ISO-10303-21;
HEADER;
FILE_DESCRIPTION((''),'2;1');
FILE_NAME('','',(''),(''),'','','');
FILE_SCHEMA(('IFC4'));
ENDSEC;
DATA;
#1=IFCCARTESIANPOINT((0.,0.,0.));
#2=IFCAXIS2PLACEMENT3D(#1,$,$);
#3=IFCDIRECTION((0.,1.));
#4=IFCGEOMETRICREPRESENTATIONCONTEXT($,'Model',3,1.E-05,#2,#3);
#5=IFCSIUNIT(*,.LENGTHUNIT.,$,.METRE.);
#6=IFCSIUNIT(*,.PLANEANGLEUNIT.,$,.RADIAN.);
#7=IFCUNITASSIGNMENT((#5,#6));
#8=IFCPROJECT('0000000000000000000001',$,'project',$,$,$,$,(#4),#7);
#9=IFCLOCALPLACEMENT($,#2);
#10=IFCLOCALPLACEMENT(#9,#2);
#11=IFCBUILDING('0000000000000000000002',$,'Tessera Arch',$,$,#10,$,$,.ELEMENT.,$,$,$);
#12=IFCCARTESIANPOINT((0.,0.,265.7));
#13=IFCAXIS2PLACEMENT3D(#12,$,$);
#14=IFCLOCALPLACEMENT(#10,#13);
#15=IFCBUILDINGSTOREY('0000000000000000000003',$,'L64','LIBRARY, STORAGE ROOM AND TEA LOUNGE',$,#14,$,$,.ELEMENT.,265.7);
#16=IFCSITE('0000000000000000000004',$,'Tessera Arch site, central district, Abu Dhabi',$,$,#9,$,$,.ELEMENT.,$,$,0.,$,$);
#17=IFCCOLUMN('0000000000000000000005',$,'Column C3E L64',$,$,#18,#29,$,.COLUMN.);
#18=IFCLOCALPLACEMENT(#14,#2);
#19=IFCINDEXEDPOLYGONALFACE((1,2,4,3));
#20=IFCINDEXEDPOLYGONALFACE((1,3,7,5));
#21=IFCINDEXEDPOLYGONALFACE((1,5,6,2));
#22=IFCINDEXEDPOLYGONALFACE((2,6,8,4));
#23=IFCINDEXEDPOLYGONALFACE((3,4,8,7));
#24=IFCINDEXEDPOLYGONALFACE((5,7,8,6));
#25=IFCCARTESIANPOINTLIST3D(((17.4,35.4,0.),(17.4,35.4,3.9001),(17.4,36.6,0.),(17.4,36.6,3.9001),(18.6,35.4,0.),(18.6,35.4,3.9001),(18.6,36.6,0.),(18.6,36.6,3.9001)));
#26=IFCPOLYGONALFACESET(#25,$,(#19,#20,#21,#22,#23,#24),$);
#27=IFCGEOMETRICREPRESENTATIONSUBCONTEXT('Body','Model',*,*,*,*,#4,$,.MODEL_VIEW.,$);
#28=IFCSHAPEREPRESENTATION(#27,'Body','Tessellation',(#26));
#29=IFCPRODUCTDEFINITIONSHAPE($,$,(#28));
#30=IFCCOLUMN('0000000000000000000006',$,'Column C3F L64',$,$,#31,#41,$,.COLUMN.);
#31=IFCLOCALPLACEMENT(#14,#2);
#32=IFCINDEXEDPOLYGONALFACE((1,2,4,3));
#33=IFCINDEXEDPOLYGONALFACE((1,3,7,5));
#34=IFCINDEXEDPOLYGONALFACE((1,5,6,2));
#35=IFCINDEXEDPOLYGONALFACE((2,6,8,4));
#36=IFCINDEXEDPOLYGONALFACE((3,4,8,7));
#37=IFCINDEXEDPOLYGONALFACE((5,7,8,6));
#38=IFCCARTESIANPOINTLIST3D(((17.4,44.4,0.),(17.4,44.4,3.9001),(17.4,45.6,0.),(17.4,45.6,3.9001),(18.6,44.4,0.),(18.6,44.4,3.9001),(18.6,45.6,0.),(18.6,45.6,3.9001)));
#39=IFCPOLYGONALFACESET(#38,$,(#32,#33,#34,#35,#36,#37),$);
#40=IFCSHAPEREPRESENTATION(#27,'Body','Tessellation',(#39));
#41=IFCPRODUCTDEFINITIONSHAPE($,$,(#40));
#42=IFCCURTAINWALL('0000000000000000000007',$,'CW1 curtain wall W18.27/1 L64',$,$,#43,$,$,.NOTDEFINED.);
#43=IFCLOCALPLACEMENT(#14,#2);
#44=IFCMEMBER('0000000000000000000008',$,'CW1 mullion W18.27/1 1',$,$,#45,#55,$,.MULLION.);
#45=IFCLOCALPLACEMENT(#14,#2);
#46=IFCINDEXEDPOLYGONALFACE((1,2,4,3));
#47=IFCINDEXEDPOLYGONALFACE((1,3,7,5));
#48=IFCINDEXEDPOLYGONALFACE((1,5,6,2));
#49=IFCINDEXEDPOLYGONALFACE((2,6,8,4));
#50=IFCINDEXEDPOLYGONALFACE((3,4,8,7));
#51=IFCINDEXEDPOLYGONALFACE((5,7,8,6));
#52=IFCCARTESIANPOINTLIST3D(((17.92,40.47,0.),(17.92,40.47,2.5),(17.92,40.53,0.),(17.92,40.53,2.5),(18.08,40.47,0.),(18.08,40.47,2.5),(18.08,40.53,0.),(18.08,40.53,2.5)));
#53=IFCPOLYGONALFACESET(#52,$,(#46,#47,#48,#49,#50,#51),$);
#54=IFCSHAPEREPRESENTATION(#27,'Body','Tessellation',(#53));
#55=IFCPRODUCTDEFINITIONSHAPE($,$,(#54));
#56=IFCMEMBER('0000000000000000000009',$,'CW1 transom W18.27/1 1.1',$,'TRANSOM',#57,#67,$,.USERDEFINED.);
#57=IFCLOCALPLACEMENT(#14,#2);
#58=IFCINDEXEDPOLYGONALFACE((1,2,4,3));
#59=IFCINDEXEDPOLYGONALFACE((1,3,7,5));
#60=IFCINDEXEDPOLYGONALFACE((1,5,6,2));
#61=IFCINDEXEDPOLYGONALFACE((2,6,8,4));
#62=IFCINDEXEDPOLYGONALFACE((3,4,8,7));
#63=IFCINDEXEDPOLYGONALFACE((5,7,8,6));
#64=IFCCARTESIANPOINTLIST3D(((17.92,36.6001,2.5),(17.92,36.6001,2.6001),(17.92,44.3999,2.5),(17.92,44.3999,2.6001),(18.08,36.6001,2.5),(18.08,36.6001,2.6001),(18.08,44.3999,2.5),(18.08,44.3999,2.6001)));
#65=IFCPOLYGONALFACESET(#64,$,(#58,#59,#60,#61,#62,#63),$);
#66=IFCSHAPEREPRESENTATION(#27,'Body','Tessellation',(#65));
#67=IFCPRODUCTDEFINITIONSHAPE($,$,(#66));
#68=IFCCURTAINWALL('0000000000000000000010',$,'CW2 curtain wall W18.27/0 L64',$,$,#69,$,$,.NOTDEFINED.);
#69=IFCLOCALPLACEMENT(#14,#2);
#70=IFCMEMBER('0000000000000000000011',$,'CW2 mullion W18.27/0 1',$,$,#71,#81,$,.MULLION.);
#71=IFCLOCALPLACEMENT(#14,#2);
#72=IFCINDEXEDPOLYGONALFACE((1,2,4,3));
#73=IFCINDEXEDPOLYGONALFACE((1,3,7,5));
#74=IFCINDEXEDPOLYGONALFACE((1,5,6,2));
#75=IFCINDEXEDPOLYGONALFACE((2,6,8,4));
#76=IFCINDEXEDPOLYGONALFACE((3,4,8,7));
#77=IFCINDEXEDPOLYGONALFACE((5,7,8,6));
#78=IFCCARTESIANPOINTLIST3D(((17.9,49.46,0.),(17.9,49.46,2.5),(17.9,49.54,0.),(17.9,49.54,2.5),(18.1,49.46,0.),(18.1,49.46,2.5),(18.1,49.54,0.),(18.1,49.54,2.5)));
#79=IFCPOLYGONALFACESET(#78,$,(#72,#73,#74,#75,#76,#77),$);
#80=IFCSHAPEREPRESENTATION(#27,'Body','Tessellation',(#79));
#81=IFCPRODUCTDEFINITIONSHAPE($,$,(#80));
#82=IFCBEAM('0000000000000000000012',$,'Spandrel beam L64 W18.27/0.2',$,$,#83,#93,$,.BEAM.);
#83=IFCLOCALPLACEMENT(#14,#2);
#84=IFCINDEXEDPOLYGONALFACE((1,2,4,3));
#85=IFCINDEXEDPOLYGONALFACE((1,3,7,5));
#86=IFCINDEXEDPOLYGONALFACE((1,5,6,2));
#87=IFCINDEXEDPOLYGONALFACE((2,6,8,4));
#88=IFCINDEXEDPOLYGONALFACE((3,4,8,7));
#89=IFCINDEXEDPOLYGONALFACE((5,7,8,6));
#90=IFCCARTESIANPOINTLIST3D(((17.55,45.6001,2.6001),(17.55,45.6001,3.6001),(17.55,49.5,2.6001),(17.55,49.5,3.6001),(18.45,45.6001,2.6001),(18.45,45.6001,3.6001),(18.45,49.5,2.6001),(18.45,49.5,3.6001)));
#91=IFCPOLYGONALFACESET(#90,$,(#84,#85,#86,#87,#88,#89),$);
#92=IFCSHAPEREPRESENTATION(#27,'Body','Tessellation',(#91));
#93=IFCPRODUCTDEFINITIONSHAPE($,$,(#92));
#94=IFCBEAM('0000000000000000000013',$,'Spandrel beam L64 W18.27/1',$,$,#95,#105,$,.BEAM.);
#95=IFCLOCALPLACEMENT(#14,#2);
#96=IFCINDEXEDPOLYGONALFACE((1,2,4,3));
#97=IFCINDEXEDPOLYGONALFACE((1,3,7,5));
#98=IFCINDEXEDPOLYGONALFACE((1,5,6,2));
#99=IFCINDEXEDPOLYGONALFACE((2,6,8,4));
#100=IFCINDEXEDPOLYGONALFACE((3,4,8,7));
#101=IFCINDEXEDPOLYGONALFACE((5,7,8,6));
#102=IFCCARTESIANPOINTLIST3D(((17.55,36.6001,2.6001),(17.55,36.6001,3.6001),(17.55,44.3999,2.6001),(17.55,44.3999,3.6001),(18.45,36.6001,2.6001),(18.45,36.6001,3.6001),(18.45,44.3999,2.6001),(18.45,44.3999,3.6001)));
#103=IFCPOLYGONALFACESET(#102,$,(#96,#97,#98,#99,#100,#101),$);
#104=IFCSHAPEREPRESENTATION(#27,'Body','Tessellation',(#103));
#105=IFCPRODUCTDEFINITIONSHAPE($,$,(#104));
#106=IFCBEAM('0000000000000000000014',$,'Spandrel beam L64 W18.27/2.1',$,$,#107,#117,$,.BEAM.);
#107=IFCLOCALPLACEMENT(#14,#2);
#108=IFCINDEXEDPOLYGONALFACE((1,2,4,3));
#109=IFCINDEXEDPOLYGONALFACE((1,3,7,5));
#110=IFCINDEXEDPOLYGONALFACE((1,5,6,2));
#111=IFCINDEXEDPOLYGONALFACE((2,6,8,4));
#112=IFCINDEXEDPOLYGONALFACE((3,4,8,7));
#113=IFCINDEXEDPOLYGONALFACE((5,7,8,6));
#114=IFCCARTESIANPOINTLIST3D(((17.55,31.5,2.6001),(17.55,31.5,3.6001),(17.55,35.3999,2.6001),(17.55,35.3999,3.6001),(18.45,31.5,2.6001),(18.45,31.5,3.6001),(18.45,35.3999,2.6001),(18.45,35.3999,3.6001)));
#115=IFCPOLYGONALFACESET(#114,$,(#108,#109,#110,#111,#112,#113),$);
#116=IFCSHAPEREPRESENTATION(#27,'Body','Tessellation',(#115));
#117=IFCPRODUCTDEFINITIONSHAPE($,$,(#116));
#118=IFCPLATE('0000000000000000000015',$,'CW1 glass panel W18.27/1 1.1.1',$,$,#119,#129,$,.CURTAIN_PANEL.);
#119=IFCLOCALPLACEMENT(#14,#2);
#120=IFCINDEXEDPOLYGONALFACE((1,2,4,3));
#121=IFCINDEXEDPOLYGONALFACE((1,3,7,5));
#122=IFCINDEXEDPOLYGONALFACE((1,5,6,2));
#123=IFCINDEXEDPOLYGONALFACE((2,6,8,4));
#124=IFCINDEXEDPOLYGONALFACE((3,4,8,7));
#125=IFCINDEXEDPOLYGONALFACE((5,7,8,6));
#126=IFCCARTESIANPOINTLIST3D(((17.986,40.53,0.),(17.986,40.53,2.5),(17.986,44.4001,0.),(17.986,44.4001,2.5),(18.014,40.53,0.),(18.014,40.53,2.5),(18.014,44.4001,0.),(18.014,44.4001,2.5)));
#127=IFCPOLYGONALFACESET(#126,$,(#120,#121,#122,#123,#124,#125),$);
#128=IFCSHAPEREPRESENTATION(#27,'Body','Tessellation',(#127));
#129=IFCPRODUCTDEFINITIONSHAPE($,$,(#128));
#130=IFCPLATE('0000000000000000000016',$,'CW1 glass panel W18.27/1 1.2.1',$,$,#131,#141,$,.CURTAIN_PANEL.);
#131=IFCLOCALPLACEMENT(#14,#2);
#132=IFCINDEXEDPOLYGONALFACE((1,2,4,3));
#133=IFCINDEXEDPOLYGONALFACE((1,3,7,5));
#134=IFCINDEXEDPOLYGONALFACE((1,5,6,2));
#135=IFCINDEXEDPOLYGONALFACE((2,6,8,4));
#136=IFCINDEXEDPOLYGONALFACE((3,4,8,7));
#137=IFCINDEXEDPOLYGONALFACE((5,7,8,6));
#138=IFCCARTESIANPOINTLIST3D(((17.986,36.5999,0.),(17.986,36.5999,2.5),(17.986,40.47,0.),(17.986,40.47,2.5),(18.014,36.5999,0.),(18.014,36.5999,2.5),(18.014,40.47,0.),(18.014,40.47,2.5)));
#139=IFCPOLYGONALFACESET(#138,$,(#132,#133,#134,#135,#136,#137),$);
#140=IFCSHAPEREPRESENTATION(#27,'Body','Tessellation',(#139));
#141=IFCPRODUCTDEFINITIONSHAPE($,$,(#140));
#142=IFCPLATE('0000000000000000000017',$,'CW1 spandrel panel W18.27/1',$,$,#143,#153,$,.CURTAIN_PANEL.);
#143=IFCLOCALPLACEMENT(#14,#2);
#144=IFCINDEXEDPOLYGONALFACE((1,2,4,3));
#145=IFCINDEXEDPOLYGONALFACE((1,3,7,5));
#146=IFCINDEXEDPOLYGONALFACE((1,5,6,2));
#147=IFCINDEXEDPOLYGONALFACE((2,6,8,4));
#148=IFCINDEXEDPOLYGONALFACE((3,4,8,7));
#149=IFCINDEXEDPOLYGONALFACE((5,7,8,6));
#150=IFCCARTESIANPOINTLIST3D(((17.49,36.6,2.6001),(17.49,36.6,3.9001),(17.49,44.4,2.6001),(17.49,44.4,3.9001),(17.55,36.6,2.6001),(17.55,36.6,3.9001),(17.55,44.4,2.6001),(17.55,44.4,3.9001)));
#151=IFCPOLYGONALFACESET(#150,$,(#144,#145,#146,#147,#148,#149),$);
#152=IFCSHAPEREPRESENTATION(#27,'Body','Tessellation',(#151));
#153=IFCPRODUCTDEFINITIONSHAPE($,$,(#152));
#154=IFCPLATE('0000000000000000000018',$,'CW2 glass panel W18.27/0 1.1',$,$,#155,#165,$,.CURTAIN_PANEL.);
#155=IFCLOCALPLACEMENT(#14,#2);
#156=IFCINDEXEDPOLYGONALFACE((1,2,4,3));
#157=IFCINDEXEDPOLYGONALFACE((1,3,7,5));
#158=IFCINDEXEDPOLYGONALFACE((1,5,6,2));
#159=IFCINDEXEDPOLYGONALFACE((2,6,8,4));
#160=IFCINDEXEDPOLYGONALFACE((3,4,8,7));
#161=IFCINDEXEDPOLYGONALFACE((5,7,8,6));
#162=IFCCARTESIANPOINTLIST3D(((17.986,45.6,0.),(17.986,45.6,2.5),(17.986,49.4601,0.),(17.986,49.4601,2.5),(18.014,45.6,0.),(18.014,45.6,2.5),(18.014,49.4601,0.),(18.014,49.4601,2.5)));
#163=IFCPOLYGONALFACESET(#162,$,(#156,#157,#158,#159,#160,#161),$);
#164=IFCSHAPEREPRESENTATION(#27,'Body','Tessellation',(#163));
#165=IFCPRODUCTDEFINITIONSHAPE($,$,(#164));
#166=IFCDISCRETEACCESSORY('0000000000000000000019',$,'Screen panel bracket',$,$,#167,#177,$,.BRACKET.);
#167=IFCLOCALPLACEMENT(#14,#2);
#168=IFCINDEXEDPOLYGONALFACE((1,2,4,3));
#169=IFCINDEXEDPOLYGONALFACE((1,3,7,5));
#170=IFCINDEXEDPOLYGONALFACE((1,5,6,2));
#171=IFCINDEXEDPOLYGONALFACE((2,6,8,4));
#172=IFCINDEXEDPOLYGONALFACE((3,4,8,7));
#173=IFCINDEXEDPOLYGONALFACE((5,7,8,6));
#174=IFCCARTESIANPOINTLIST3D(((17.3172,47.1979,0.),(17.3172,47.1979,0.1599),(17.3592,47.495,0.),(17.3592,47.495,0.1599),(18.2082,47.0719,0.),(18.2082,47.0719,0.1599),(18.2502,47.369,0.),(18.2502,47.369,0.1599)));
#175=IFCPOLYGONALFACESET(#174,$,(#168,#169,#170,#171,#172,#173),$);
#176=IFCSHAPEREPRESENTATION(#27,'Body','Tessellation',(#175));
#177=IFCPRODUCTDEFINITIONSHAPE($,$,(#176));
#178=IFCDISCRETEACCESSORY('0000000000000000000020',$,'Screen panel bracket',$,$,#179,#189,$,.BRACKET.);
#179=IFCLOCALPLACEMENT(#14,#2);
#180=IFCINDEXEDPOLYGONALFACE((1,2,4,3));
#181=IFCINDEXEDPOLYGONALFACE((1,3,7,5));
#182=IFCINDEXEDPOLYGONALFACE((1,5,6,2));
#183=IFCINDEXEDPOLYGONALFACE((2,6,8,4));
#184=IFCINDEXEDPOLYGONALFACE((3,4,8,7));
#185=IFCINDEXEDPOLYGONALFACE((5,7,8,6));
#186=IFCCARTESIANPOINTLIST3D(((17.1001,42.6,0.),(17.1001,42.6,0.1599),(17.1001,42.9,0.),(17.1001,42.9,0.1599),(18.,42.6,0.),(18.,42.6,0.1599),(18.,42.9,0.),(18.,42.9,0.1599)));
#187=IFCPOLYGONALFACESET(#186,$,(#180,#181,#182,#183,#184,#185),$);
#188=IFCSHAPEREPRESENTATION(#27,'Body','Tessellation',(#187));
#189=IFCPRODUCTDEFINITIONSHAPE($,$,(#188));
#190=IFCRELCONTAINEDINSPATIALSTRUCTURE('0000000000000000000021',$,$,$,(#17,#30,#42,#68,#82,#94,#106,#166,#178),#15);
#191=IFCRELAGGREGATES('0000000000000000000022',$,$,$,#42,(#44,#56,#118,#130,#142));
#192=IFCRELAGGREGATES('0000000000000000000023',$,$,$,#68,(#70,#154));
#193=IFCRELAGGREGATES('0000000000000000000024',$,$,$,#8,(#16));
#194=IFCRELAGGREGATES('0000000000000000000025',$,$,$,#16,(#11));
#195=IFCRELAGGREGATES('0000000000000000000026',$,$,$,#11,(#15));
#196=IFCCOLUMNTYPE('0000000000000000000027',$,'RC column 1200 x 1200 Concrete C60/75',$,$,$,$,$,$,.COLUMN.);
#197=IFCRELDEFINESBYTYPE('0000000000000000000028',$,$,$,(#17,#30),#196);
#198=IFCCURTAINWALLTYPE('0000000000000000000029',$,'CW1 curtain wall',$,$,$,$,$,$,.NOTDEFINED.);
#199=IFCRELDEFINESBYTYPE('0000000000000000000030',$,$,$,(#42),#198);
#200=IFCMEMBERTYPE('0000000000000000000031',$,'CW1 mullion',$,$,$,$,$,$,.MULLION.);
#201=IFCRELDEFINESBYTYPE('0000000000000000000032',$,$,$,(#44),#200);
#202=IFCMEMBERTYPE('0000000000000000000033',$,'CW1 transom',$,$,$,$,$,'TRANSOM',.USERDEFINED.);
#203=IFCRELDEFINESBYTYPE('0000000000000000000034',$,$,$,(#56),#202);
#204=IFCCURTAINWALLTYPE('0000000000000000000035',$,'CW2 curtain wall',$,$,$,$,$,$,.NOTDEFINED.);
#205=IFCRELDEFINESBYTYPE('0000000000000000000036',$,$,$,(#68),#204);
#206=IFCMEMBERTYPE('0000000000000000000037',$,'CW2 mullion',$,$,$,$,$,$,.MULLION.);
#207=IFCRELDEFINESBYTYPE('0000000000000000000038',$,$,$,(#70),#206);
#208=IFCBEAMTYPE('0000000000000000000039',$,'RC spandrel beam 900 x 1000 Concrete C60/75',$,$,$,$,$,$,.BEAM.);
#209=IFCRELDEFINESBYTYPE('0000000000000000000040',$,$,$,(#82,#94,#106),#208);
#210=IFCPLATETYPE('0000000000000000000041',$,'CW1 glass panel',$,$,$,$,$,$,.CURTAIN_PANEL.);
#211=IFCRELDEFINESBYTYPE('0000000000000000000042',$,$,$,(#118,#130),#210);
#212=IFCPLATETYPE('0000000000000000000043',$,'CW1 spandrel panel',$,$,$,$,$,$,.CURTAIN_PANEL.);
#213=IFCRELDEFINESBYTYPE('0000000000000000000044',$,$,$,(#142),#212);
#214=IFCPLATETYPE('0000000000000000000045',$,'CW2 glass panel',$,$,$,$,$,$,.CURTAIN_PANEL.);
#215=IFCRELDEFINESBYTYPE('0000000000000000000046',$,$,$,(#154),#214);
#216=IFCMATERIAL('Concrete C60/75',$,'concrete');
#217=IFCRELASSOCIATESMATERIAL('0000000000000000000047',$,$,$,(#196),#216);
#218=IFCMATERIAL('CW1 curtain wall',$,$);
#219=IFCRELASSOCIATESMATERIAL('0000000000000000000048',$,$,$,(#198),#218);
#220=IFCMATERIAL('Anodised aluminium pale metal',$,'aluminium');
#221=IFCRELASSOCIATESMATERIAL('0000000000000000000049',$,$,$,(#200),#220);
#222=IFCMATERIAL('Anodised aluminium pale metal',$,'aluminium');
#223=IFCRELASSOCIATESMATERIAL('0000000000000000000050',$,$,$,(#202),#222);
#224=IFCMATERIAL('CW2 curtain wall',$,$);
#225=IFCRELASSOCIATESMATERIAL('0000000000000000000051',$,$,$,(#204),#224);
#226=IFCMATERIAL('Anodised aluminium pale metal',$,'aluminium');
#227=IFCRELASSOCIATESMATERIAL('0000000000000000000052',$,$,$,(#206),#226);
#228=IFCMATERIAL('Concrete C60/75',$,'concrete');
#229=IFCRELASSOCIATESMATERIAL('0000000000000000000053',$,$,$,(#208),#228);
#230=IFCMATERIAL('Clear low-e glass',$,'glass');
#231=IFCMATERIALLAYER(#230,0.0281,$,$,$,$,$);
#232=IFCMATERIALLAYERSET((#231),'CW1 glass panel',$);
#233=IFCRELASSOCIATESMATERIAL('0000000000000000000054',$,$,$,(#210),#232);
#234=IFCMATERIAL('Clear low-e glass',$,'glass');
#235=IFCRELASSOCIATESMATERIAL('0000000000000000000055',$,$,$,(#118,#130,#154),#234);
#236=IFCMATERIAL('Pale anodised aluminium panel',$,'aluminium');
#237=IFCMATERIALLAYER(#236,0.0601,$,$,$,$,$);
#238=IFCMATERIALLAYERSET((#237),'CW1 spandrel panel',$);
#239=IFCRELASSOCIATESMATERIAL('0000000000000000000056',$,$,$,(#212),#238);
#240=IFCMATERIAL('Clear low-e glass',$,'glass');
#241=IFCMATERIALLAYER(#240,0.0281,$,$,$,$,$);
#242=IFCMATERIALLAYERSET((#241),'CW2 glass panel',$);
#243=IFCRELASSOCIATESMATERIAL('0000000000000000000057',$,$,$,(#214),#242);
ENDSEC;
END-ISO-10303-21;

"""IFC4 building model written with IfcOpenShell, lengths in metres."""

from ifc_helpers import new_model, si_unit, direction, frame, origin, origin_2d, place, context, subcontext, project, spatial, rectangle, extrude, material, layer, layer_set, material_profile, profile_set, type_object, element, aggregate, save


model = new_model("IFC4")

# Units and contexts
model_context = context("Model", 3, precision=1e-05, world=origin(), true_north=direction((0.0, 1.0)))
body_context = subcontext(model_context, "Body", "Model", "MODEL_VIEW")
ifc_project = project(units=[si_unit("LENGTHUNIT", "METRE"), si_unit("PLANEANGLEUNIT", "RADIAN")], contexts=[model_context])

# Site, building, storey
site_placement = place(None, origin())
site = spatial("IfcSite", under=ifc_project, at=site_placement, Name="Tessera Arch site, central district, Abu Dhabi", CompositionType="ELEMENT", RefElevation=0.0)
building_placement = place(site_placement, origin())
building = spatial("IfcBuilding", under=site, at=building_placement, Name="Tessera Arch", CompositionType="ELEMENT")
storey_placement = place(building_placement, frame((0.0, 0.0, 265.7)))
storey = spatial("IfcBuildingStorey", under=building, at=storey_placement, Name="L64", Description="LIBRARY, STORAGE ROOM AND TEA LOUNGE", CompositionType="ELEMENT", Elevation=265.7)

# Columns
ifc_material_1 = material(Name="Concrete C60/75", Category="concrete")
ifc_material_profile_1 = material_profile(ifc_material_1, rectangle(XDim=1.2, YDim=1.2, at=origin_2d()), Name="RC column 1200 x 1200 Concrete C60/75")
ifc_profile_set_1 = profile_set([ifc_material_profile_1], Name="Concrete C60/75")
column_type = type_object("IfcColumnType", Name="RC column 1200 x 1200 Concrete C60/75", PredefinedType="COLUMN", material=ifc_profile_set_1)
for number, where, z_axis, x_axis, name in (
    (1, (18.0, 36.0, 0.0), (0.0, 0.0, 1.0), (1.0, 0.0, 0.0), "Column C3E L64"),
    (2, (18.0, 45.0, 0.0), (0.0, 0.0, 1.0), (1.0, 0.0, 0.0), "Column C3F L64"),
):
    element("IfcColumn", number, at=place(storey_placement, frame(where, z_axis=z_axis, x_axis=x_axis)), inside=storey, type_object=column_type, Name=name, PredefinedType="COLUMN", context=body_context, shape_type="SweptSolid", body=[
        extrude(rectangle(XDim=1.2, YDim=1.2, at=origin_2d()), origin(), (0.0, 0.0, 1.0), 3.9001),
    ])

# Curtain wall, members
ifc_material_2 = material(Name="CW1 curtain wall")
curtain_wall_type_1 = type_object("IfcCurtainWallType", Name="CW1 curtain wall", PredefinedType="NOTDEFINED", material=ifc_material_2)
curtain_wall_1_placement = place(storey_placement, origin())
curtain_wall_1 = element("IfcCurtainWall", 3, at=curtain_wall_1_placement, inside=storey, type_object=curtain_wall_type_1, Name="CW1 curtain wall W18.27/1 L64", PredefinedType="NOTDEFINED")
ifc_material_3 = material(Name="Anodised aluminium pale metal", Category="aluminium")
ifc_material_profile_2 = material_profile(ifc_material_3, rectangle(XDim=0.1599, YDim=0.0601, at=origin_2d()), Name="AL 60x160")
ifc_profile_set_2 = profile_set([ifc_material_profile_2], Name="Anodised aluminium pale metal")
member_type_1 = type_object("IfcMemberType", Name="CW1 mullion", PredefinedType="MULLION", material=ifc_profile_set_2)
member_1_placement = place(storey_placement, frame((18.0, 40.5, 0.0), z_axis=(0.0, 0.0, 1.0), x_axis=(1.0, 0.0, 0.0)))
member_1 = element("IfcMember", 4, at=member_1_placement, type_object=member_type_1, Name="CW1 mullion W18.27/1 1", PredefinedType="MULLION", context=body_context, shape_type="SweptSolid", body=[
    extrude(rectangle(XDim=0.1599, YDim=0.0601, at=origin_2d()), origin(), (0.0, 0.0, 1.0), 2.5),
])
ifc_material_4 = material(Name="Anodised aluminium pale metal", Category="aluminium")
ifc_material_profile_3 = material_profile(ifc_material_4, rectangle(XDim=0.1599, YDim=0.1001, at=origin_2d()), Name="AL 160x100")
ifc_profile_set_3 = profile_set([ifc_material_profile_3], Name="Anodised aluminium pale metal")
member_type_2 = type_object("IfcMemberType", Name="CW1 transom", ElementType="TRANSOM", PredefinedType="USERDEFINED", material=ifc_profile_set_3)
member_2_placement = place(storey_placement, frame((18.0, 44.3999, 2.55), z_axis=(0.0, -1.0, 0.0), x_axis=(1.0, 0.0, 0.0)))
member_2 = element("IfcMember", 5, at=member_2_placement, type_object=member_type_2, Name="CW1 transom W18.27/1 1.1", ObjectType="TRANSOM", PredefinedType="USERDEFINED", context=body_context, shape_type="SweptSolid", body=[
    extrude(rectangle(XDim=0.1599, YDim=0.1001, at=origin_2d()), origin(), (0.0, 0.0, 1.0), 7.7998),
])

# Curtain wall, member
ifc_material_5 = material(Name="CW2 curtain wall")
curtain_wall_type_2 = type_object("IfcCurtainWallType", Name="CW2 curtain wall", PredefinedType="NOTDEFINED", material=ifc_material_5)
curtain_wall_2_placement = place(storey_placement, origin())
curtain_wall_2 = element("IfcCurtainWall", 6, at=curtain_wall_2_placement, inside=storey, type_object=curtain_wall_type_2, Name="CW2 curtain wall W18.27/0 L64", PredefinedType="NOTDEFINED")
ifc_material_6 = material(Name="Anodised aluminium pale metal", Category="aluminium")
ifc_material_profile_4 = material_profile(ifc_material_6, rectangle(XDim=0.2, YDim=0.0801, at=origin_2d()), Name="AL 80x200")
ifc_profile_set_4 = profile_set([ifc_material_profile_4], Name="Anodised aluminium pale metal")
member_type_3 = type_object("IfcMemberType", Name="CW2 mullion", PredefinedType="MULLION", material=ifc_profile_set_4)
member_3_placement = place(storey_placement, frame((18.0, 49.5, 0.0), z_axis=(0.0, 0.0, 1.0), x_axis=(1.0, 0.0, 0.0)))
member_3 = element("IfcMember", 7, at=member_3_placement, type_object=member_type_3, Name="CW2 mullion W18.27/0 1", PredefinedType="MULLION", context=body_context, shape_type="SweptSolid", body=[
    extrude(rectangle(XDim=0.2, YDim=0.0801, at=origin_2d()), origin(), (0.0, 0.0, 1.0), 2.5),
])

# Beams
ifc_material_7 = material(Name="Concrete C60/75", Category="concrete")
ifc_material_profile_5 = material_profile(ifc_material_7, rectangle(XDim=0.8999, YDim=1.0, at=origin_2d()), Name="RC spandrel beam 900 x 1000 Concrete C60/75")
ifc_profile_set_5 = profile_set([ifc_material_profile_5], Name="Concrete C60/75")
beam_type = type_object("IfcBeamType", Name="RC spandrel beam 900 x 1000 Concrete C60/75", PredefinedType="BEAM", material=ifc_profile_set_5)
beam_1_placement = place(storey_placement, frame((18.0, 49.5, 3.1001), z_axis=(0.0, -1.0, 0.0), x_axis=(1.0, 0.0, 0.0)))
element("IfcBeam", 8, at=beam_1_placement, inside=storey, type_object=beam_type, Name="Spandrel beam L64 W18.27/0.2", PredefinedType="BEAM", context=body_context, shape_type="SweptSolid", body=[
    extrude(rectangle(XDim=0.8999, YDim=1.0, at=origin_2d()), origin(), (0.0, 0.0, 1.0), 3.8999),
])
beam_2_placement = place(storey_placement, frame((18.0, 44.3999, 3.1001), z_axis=(0.0, -1.0, 0.0), x_axis=(1.0, 0.0, 0.0)))
element("IfcBeam", 9, at=beam_2_placement, inside=storey, type_object=beam_type, Name="Spandrel beam L64 W18.27/1", PredefinedType="BEAM", context=body_context, shape_type="SweptSolid", body=[
    extrude(rectangle(XDim=0.8999, YDim=1.0, at=origin_2d()), origin(), (0.0, 0.0, 1.0), 7.7998),
])
beam_3_placement = place(storey_placement, frame((18.0, 35.3999, 3.1001), z_axis=(0.0, -1.0, 0.0), x_axis=(1.0, 0.0, 0.0)))
element("IfcBeam", 10, at=beam_3_placement, inside=storey, type_object=beam_type, Name="Spandrel beam L64 W18.27/2.1", PredefinedType="BEAM", context=body_context, shape_type="SweptSolid", body=[
    extrude(rectangle(XDim=0.8999, YDim=1.0, at=origin_2d()), origin(), (0.0, 0.0, 1.0), 3.8999),
])

# Plates
ifc_material_8 = material(Name="Clear low-e glass", Category="glass")
ifc_material_9 = material(Name="Clear low-e glass", Category="glass")
ifc_layer_1 = layer(ifc_material_9, 0.0281)
ifc_layer_set_1 = layer_set([ifc_layer_1], Name="CW1 glass panel")
plate_type_1 = type_object("IfcPlateType", Name="CW1 glass panel", PredefinedType="CURTAIN_PANEL", material=ifc_layer_set_1)
plate_1_placement = place(storey_placement, frame((18.0, 42.4651, 0.0), z_axis=(0.0, 0.0, 1.0), x_axis=(0.0, -1.0, 0.0)))
plate_1 = element("IfcPlate", 11, at=plate_1_placement, type_object=plate_type_1, material=ifc_material_8, Name="CW1 glass panel W18.27/1 1.1.1", PredefinedType="CURTAIN_PANEL", context=body_context, shape_type="SweptSolid", body=[
    extrude(rectangle(XDim=3.8701, YDim=0.0281, at=origin_2d()), origin(), (0.0, 0.0, 1.0), 2.5),
])
plate_2_placement = place(storey_placement, frame((18.0, 38.5349, 0.0), z_axis=(0.0, 0.0, 1.0), x_axis=(0.0, -1.0, 0.0)))
plate_2 = element("IfcPlate", 12, at=plate_2_placement, type_object=plate_type_1, material=ifc_material_8, Name="CW1 glass panel W18.27/1 1.2.1", PredefinedType="CURTAIN_PANEL", context=body_context, shape_type="SweptSolid", body=[
    extrude(rectangle(XDim=3.8701, YDim=0.0281, at=origin_2d()), origin(), (0.0, 0.0, 1.0), 2.5),
])
ifc_material_10 = material(Name="Pale anodised aluminium panel", Category="aluminium")
ifc_layer_2 = layer(ifc_material_10, 0.0601)
ifc_layer_set_2 = layer_set([ifc_layer_2], Name="CW1 spandrel panel")
plate_type_2 = type_object("IfcPlateType", Name="CW1 spandrel panel", PredefinedType="CURTAIN_PANEL", material=ifc_layer_set_2)
plate_3_placement = place(storey_placement, frame((17.52, 40.5, 2.6001), z_axis=(0.0, 0.0, 1.0), x_axis=(0.0, -1.0, 0.0)))
plate_3 = element("IfcPlate", 13, at=plate_3_placement, type_object=plate_type_2, Name="CW1 spandrel panel W18.27/1", PredefinedType="CURTAIN_PANEL", context=body_context, shape_type="SweptSolid", body=[
    extrude(rectangle(XDim=7.8, YDim=0.0601, at=origin_2d()), origin(), (0.0, 0.0, 1.0), 1.3),
])
aggregate(curtain_wall_1, [member_1, member_2, plate_1, plate_2, plate_3])
ifc_material_11 = material(Name="Clear low-e glass", Category="glass")
ifc_layer_3 = layer(ifc_material_11, 0.0281)
ifc_layer_set_3 = layer_set([ifc_layer_3], Name="CW2 glass panel")
plate_type_3 = type_object("IfcPlateType", Name="CW2 glass panel", PredefinedType="CURTAIN_PANEL", material=ifc_layer_set_3)
plate_4_placement = place(storey_placement, frame((18.0, 47.53, 0.0), z_axis=(0.0, 0.0, 1.0), x_axis=(0.0, -1.0, 0.0)))
plate_4 = element("IfcPlate", 14, at=plate_4_placement, type_object=plate_type_3, material=ifc_material_8, Name="CW2 glass panel W18.27/0 1.1", PredefinedType="CURTAIN_PANEL", context=body_context, shape_type="SweptSolid", body=[
    extrude(rectangle(XDim=3.8601, YDim=0.0281, at=origin_2d()), origin(), (0.0, 0.0, 1.0), 2.5),
])
aggregate(curtain_wall_2, [member_3, plate_4])

# Discrete accessories
for number, where, z_axis, x_axis, name in (
    (15, (17.7837, 47.2834, 0.0), (0.0, 0.0, 1.0), (-0.990139, 0.140089, 0.0), "Screen panel bracket"),
    (16, (17.55, 42.75, 0.0), (0.0, 0.0, 1.0), (-1.0, 0.0, 0.0), "Screen panel bracket"),
):
    element("IfcDiscreteAccessory", number, at=place(storey_placement, frame(where, z_axis=z_axis, x_axis=x_axis)), inside=storey, Name=name, PredefinedType="BRACKET", context=body_context, shape_type="SweptSolid", body=[
        extrude(rectangle(XDim=0.8999, YDim=0.3, at=origin_2d()), origin(), (0.0, 0.0, 1.0), 0.1599),
    ])

save(model, "model.ifc")
